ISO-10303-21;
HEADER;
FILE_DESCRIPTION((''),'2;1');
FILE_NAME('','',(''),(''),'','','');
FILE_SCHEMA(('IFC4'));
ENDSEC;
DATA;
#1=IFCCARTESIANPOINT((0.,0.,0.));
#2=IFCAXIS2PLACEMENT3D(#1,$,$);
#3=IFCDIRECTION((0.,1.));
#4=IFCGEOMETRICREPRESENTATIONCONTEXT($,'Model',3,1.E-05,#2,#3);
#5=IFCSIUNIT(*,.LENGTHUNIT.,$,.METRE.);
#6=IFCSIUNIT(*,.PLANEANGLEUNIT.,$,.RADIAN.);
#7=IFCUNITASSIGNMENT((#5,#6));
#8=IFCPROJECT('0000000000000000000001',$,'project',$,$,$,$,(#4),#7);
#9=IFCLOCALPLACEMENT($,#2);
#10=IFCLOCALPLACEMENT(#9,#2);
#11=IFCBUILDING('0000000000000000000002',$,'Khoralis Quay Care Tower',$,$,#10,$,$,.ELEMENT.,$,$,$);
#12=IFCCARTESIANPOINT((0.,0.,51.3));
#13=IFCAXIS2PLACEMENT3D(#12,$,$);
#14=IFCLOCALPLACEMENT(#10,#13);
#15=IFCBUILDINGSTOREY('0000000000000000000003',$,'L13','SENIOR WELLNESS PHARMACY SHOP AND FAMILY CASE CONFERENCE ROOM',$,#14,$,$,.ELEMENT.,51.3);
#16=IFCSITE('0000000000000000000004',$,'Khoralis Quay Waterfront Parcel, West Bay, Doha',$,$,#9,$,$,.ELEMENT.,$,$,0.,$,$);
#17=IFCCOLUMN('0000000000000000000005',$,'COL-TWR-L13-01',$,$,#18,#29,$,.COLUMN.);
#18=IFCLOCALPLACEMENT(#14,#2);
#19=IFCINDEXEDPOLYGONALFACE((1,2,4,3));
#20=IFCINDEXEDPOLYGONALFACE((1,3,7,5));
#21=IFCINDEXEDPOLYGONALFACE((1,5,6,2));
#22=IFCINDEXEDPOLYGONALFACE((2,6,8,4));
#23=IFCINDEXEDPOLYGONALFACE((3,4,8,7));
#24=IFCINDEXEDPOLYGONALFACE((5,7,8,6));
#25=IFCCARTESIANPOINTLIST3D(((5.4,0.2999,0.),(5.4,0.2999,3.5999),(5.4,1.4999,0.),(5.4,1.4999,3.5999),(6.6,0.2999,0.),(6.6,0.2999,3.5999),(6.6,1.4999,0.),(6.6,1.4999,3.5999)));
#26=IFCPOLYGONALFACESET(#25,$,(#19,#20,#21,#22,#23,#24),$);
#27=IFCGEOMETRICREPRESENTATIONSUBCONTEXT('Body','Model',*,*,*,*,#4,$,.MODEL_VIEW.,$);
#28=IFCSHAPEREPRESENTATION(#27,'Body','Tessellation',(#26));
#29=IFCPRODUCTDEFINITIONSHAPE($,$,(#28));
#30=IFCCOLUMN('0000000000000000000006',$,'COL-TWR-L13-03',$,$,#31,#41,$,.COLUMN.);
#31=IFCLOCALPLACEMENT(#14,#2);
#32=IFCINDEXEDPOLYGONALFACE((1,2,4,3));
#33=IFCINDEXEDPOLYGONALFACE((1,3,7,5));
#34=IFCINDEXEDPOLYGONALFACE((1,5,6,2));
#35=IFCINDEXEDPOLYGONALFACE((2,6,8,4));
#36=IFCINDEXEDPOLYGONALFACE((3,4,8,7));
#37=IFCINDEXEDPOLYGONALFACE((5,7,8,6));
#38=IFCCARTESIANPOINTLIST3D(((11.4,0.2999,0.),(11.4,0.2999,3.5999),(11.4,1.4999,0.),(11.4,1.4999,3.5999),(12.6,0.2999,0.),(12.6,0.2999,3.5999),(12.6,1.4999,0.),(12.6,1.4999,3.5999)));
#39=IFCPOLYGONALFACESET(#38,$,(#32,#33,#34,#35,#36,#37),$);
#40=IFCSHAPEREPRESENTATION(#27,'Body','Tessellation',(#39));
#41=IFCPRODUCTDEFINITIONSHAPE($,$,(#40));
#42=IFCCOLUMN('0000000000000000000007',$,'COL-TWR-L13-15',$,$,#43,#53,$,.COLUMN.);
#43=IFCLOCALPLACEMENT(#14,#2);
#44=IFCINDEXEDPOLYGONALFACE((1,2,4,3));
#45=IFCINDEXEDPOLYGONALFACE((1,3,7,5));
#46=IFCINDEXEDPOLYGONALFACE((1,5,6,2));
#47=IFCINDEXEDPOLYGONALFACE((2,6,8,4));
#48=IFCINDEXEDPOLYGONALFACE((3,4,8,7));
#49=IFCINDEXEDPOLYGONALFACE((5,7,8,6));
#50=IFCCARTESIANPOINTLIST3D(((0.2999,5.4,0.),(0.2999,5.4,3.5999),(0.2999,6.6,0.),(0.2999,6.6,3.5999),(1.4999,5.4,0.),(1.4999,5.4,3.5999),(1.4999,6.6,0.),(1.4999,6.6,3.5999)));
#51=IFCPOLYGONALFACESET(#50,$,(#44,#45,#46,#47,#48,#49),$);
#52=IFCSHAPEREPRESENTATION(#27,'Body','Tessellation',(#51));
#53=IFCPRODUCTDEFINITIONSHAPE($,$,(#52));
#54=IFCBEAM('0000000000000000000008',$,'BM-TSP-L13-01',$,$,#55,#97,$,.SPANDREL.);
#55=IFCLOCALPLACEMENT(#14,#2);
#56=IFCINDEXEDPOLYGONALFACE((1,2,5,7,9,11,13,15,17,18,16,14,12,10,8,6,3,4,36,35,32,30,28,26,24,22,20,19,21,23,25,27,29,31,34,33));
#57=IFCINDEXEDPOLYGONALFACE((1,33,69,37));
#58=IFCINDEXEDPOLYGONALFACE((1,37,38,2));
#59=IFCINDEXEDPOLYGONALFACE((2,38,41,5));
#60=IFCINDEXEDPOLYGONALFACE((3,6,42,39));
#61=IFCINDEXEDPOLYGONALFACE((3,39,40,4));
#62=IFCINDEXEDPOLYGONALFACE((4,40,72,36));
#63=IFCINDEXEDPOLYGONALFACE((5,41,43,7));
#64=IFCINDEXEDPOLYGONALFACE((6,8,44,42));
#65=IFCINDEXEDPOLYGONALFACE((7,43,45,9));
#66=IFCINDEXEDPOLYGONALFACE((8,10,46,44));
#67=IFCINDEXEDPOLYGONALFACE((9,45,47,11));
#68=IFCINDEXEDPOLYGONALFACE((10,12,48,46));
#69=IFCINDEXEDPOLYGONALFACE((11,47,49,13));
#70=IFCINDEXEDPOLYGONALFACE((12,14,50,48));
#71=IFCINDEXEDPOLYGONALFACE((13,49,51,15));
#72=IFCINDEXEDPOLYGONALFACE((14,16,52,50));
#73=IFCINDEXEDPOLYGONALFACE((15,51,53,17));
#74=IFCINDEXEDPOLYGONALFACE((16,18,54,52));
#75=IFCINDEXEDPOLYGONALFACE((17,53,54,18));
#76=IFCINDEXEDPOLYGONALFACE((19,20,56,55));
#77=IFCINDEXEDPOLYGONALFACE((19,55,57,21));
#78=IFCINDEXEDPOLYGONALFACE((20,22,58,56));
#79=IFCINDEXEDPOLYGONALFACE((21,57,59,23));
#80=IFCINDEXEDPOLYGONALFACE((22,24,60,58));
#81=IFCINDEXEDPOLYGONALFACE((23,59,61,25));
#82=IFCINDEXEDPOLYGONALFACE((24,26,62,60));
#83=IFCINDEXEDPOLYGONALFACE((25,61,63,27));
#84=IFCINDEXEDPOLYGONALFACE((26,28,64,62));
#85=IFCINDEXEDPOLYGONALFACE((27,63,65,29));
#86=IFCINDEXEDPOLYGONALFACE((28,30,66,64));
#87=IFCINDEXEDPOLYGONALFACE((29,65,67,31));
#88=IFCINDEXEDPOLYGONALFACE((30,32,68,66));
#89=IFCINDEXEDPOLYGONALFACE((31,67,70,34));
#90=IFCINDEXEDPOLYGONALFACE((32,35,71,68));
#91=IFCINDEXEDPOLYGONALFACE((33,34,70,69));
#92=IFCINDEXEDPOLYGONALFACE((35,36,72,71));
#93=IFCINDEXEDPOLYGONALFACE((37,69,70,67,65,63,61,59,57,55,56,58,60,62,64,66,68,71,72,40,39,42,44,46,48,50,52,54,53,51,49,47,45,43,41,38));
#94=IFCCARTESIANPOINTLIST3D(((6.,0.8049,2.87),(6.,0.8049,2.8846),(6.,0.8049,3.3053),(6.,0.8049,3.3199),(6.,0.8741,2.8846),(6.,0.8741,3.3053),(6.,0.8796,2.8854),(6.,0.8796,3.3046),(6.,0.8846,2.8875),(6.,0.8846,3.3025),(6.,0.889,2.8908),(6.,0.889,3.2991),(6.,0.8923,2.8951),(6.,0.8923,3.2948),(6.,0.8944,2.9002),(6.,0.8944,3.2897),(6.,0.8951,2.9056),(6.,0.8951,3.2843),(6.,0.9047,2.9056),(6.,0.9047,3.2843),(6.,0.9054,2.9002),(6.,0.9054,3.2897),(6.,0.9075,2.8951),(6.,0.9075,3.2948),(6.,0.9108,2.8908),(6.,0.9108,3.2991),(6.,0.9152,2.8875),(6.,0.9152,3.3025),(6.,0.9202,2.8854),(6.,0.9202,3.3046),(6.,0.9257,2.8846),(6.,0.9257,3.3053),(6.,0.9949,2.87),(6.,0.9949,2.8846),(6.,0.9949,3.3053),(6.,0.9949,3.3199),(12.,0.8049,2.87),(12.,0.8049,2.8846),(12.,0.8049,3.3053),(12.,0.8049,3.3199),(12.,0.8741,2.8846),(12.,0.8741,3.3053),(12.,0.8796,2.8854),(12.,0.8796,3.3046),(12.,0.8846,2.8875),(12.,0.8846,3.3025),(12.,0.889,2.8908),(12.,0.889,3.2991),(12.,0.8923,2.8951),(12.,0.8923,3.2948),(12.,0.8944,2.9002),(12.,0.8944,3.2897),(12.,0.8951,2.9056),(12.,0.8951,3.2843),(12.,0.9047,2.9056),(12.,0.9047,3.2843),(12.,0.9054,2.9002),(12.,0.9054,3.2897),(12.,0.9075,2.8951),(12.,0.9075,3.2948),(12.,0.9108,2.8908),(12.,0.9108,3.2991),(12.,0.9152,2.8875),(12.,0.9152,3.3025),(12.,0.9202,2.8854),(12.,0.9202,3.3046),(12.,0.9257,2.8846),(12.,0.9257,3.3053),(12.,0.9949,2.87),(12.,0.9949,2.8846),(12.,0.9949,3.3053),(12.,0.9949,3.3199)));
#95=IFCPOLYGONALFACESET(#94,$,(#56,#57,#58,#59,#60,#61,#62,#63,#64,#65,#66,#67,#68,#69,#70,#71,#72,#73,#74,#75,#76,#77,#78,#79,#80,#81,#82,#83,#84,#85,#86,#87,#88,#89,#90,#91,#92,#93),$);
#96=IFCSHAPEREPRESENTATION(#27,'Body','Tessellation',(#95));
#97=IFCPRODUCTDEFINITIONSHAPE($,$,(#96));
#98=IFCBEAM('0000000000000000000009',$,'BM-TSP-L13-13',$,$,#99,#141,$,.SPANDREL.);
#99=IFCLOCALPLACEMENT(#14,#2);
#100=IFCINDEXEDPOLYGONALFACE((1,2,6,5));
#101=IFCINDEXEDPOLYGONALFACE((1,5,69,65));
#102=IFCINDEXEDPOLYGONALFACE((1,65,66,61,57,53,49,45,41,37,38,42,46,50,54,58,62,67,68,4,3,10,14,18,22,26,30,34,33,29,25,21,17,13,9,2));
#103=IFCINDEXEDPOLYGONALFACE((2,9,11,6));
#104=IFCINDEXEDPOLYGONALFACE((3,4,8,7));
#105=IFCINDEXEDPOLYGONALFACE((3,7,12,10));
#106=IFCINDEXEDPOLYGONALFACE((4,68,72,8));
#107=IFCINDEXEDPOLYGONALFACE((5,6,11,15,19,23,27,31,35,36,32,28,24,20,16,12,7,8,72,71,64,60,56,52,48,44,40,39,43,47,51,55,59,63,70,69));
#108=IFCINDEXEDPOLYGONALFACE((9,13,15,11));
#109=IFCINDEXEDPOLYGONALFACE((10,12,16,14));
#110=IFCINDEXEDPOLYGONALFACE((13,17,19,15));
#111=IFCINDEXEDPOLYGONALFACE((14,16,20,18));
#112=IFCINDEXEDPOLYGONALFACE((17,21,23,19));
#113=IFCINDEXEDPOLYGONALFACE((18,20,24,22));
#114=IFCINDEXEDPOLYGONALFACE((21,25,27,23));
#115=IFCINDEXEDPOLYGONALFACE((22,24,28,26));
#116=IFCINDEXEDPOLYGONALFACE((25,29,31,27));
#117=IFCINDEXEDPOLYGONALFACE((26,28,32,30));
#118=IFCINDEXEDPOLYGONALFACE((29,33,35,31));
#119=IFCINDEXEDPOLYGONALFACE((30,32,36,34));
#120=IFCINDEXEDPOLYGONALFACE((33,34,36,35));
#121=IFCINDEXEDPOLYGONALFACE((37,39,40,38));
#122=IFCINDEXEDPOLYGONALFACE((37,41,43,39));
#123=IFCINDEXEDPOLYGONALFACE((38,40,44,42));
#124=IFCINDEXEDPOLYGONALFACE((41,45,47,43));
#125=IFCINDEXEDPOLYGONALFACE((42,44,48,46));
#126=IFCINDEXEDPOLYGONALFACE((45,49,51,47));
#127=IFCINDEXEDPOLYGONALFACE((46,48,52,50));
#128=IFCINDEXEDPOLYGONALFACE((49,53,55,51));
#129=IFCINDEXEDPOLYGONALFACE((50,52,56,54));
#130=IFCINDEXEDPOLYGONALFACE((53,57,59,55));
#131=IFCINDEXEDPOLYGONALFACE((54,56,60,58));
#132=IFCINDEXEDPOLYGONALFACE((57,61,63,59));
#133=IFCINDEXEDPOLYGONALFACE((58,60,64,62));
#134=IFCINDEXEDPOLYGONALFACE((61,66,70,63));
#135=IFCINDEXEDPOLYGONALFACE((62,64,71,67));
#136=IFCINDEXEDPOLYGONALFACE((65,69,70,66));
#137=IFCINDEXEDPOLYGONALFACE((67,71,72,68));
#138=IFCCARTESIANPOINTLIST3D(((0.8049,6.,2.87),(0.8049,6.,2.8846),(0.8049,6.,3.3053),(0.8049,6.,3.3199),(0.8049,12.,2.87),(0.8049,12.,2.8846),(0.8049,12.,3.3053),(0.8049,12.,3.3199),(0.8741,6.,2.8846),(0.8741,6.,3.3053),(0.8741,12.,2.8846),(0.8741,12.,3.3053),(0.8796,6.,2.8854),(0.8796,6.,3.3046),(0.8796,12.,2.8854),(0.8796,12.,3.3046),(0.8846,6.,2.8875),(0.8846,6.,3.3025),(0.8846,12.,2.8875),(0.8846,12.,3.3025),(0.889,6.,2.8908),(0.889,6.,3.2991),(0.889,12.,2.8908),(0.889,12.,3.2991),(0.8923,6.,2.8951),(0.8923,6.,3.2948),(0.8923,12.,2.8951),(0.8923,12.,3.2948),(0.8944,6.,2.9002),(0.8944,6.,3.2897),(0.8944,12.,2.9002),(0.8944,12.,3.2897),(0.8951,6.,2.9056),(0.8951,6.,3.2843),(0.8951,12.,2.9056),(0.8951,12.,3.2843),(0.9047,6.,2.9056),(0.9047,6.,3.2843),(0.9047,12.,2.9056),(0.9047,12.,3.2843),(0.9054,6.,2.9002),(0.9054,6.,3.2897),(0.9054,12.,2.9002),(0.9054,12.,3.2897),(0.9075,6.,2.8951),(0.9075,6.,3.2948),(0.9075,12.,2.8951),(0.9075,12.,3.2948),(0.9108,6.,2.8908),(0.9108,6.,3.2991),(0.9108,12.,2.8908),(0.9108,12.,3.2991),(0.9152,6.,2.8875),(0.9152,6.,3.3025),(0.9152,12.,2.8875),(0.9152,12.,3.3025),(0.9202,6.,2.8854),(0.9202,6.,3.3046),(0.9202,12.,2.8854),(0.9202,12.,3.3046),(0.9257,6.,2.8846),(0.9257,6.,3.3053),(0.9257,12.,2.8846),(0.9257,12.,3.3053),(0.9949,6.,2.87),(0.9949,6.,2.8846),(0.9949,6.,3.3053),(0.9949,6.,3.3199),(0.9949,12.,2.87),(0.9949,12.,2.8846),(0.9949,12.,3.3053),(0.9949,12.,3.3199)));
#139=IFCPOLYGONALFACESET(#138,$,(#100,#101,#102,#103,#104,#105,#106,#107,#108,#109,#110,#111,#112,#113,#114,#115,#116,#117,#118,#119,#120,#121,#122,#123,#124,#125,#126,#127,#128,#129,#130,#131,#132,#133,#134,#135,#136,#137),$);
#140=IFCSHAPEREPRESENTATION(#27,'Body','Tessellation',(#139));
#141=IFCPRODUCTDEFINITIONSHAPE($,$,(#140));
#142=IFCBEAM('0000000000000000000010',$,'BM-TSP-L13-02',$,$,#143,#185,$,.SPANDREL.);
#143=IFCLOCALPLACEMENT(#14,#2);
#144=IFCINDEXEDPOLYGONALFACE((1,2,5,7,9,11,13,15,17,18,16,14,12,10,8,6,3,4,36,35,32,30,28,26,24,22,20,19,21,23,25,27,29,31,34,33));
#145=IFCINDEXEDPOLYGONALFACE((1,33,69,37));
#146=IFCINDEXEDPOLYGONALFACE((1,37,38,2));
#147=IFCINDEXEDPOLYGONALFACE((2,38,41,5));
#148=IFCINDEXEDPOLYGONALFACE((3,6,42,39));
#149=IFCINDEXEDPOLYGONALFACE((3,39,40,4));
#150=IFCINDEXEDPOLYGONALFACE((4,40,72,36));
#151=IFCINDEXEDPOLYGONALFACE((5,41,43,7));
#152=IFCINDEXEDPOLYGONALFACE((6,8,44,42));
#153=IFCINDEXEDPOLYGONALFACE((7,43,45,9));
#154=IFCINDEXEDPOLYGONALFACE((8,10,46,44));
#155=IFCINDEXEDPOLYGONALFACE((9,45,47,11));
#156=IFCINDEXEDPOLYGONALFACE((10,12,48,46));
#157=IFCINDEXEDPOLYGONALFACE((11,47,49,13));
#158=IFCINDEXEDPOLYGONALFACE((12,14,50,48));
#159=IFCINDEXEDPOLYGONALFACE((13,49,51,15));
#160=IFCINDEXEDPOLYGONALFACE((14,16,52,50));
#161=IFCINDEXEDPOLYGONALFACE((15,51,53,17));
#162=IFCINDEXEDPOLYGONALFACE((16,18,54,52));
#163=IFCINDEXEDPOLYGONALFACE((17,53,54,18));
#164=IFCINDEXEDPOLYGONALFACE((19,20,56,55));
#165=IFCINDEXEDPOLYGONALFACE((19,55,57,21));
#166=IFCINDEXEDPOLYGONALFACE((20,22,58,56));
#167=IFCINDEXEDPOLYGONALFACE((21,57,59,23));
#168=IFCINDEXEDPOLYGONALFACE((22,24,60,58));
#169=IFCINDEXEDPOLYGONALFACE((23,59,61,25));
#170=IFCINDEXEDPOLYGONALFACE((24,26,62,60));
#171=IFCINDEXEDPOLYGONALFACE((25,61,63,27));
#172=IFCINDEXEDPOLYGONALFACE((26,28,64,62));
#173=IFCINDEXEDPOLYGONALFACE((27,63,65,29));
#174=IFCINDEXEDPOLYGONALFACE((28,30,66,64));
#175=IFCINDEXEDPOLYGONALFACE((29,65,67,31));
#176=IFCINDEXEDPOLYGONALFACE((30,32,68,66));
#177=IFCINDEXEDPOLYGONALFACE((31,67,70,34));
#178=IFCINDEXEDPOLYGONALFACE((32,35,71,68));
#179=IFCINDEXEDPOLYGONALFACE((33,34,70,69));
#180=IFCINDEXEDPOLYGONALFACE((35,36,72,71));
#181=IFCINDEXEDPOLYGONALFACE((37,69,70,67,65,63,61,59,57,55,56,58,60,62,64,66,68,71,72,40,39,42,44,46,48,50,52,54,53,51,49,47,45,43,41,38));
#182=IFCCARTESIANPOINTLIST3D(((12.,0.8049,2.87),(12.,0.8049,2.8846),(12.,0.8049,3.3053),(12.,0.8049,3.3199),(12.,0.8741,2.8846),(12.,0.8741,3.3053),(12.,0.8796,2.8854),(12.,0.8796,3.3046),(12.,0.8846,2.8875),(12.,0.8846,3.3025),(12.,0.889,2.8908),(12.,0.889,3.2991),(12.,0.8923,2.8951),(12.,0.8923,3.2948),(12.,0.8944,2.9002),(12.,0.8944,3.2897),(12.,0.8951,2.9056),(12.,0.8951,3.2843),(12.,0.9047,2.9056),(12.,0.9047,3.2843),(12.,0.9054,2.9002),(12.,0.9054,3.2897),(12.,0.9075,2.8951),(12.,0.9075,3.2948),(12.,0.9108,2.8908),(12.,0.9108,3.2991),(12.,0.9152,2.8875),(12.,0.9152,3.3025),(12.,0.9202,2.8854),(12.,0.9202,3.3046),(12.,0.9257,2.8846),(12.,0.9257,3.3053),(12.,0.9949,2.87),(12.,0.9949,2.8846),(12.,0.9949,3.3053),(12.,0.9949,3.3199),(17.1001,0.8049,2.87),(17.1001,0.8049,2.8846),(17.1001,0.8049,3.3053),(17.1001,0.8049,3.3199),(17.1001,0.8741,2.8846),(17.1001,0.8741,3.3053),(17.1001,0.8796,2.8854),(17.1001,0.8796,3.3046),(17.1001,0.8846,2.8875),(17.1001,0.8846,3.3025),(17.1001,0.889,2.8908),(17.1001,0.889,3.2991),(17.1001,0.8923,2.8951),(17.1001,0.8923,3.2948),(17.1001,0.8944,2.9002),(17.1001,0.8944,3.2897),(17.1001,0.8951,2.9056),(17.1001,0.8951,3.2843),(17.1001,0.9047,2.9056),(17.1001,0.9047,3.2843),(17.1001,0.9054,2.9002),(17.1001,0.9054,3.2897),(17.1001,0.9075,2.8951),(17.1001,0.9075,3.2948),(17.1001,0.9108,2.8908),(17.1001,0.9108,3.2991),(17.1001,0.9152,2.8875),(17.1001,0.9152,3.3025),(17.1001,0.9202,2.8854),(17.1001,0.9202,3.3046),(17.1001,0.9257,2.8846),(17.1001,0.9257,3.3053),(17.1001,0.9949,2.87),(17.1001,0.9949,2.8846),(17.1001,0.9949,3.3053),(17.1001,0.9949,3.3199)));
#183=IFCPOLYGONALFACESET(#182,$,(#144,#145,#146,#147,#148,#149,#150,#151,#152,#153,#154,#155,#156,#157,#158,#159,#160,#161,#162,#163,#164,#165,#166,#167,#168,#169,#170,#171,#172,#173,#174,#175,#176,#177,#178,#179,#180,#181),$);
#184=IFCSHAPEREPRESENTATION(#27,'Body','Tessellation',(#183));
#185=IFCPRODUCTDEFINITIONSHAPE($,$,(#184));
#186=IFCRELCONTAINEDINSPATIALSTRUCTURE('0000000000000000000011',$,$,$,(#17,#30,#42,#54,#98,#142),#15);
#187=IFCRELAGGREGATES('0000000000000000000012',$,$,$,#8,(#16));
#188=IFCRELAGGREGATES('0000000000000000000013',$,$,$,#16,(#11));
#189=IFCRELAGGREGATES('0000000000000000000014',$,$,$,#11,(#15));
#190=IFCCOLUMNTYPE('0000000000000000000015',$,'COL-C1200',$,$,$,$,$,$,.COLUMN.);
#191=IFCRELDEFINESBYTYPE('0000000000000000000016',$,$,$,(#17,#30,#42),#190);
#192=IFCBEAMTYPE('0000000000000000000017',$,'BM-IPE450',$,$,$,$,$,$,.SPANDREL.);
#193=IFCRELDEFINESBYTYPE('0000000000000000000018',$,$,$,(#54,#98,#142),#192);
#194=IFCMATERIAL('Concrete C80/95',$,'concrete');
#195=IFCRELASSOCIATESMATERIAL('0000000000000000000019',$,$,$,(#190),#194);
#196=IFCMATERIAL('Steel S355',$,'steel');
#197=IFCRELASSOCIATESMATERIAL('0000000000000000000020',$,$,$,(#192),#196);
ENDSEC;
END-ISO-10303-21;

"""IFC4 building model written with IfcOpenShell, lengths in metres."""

from ifc_helpers import new_model, si_unit, direction, frame, origin, origin_2d, place, context, subcontext, project, spatial, rectangle, i_section, extrude, source, transform, mapped, material, material_profile, profile_set, type_object, element, save


model = new_model("IFC4")

# Units and contexts
model_context = context("Model", 3, precision=1e-05, world=origin(), true_north=direction((0.0, 1.0)))
body_context = subcontext(model_context, "Body", "Model", "MODEL_VIEW")
ifc_project = project(units=[si_unit("LENGTHUNIT", "METRE"), si_unit("PLANEANGLEUNIT", "RADIAN")], contexts=[model_context])

# Site, building, storey
site_placement = place(None, origin())
site = spatial("IfcSite", under=ifc_project, at=site_placement, Name="Khoralis Quay Waterfront Parcel, West Bay, Doha", CompositionType="ELEMENT", RefElevation=0.0)
building_placement = place(site_placement, origin())
building = spatial("IfcBuilding", under=site, at=building_placement, Name="Khoralis Quay Care Tower", CompositionType="ELEMENT")
storey_placement = place(building_placement, frame((0.0, 0.0, 51.3)))
storey = spatial("IfcBuildingStorey", under=building, at=storey_placement, Name="L13", Description="SENIOR WELLNESS PHARMACY SHOP AND FAMILY CASE CONFERENCE ROOM", CompositionType="ELEMENT", Elevation=51.3)

# Columns
ifc_material_1 = material(Name="Concrete C80/95", Category="concrete")
ifc_material_profile_1 = material_profile(ifc_material_1, rectangle(XDim=1.2, YDim=1.2, at=origin_2d()), Name="Concrete C80/95")
ifc_profile_set_1 = profile_set([ifc_material_profile_1], Name="Concrete C80/95")
column_type = type_object("IfcColumnType", Name="COL-C1200", PredefinedType="COLUMN", material=ifc_profile_set_1)
shared_shape_1 = source(origin(), body_context, "Body", "SweptSolid", [
    extrude(rectangle(XDim=1.2, YDim=1.2, at=origin_2d()), origin(), (0.0, 0.0, 1.0), 3.5999),
])
for number, where, z_axis, x_axis, name in (
    (1, (6.0, 0.8999, 0.0), (0.0, 0.0, 1.0), (1.0, 0.0, 0.0), "COL-TWR-L13-01"),
    (2, (12.0, 0.8999, 0.0), (0.0, 0.0, 1.0), (1.0, 0.0, 0.0), "COL-TWR-L13-03"),
    (3, (0.8999, 6.0, 0.0), (0.0, 0.0, 1.0), (1.0, 0.0, 0.0), "COL-TWR-L13-15"),
):
    element("IfcColumn", number, at=place(storey_placement, frame(where, z_axis=z_axis, x_axis=x_axis)), inside=storey, type_object=column_type, Name=name, PredefinedType="COLUMN", context=body_context, shape_type="MappedRepresentation", body=[
        mapped(shared_shape_1, transform((0.0, 0.0, 0.0), scale=1.0)),
    ])

# Beams
ifc_material_2 = material(Name="Steel S355", Category="steel")
ifc_material_profile_2 = material_profile(ifc_material_2, i_section(OverallWidth=0.1899, OverallDepth=0.45, WebThickness=0.0095, FlangeThickness=0.0146, FilletRadius=0.021, at=origin_2d()), Name="Steel S355")
ifc_profile_set_2 = profile_set([ifc_material_profile_2], Name="Steel S355")
beam_type_1 = type_object("IfcBeamType", Name="BM-IPE450", PredefinedType="SPANDREL", material=ifc_profile_set_2)
shared_shape_2 = source(origin(), body_context, "Body", "SweptSolid", [
    extrude(i_section(OverallWidth=0.1899, OverallDepth=0.45, WebThickness=0.0095, FlangeThickness=0.0146, FilletRadius=0.021, at=origin_2d()), origin(), (0.0, 0.0, 1.0), 6.0),
])
for number, where, z_axis, x_axis, name in (
    (4, (6.0, 0.8999, 3.095), (1.0, 0.0, 0.0), (0.0, 1.0, 0.0), "BM-TSP-L13-01"),
    (5, (0.8999, 6.0, 3.095), (0.0, 1.0, 0.0), (-1.0, 0.0, 0.0), "BM-TSP-L13-13"),
):
    element("IfcBeam", number, at=place(storey_placement, frame(where, z_axis=z_axis, x_axis=x_axis)), inside=storey, type_object=beam_type_1, Name=name, PredefinedType="SPANDREL", context=body_context, shape_type="MappedRepresentation", body=[
        mapped(shared_shape_2, transform((0.0, 0.0, 0.0), scale=1.0)),
    ])
shared_shape_3 = source(origin(), body_context, "Body", "SweptSolid", [
    extrude(i_section(OverallWidth=0.1899, OverallDepth=0.45, WebThickness=0.0095, FlangeThickness=0.0146, FilletRadius=0.021, at=origin_2d()), origin(), (0.0, 0.0, 1.0), 5.1001),
])
beam_1_placement = place(storey_placement, frame((12.0, 0.8999, 3.095), z_axis=(1.0, 0.0, 0.0), x_axis=(0.0, 1.0, 0.0)))
element("IfcBeam", 6, at=beam_1_placement, inside=storey, type_object=beam_type_1, Name="BM-TSP-L13-02", PredefinedType="SPANDREL", context=body_context, shape_type="MappedRepresentation", body=[
    mapped(shared_shape_3, transform((0.0, 0.0, 0.0), scale=1.0)),
])

save(model, "model.ifc")
